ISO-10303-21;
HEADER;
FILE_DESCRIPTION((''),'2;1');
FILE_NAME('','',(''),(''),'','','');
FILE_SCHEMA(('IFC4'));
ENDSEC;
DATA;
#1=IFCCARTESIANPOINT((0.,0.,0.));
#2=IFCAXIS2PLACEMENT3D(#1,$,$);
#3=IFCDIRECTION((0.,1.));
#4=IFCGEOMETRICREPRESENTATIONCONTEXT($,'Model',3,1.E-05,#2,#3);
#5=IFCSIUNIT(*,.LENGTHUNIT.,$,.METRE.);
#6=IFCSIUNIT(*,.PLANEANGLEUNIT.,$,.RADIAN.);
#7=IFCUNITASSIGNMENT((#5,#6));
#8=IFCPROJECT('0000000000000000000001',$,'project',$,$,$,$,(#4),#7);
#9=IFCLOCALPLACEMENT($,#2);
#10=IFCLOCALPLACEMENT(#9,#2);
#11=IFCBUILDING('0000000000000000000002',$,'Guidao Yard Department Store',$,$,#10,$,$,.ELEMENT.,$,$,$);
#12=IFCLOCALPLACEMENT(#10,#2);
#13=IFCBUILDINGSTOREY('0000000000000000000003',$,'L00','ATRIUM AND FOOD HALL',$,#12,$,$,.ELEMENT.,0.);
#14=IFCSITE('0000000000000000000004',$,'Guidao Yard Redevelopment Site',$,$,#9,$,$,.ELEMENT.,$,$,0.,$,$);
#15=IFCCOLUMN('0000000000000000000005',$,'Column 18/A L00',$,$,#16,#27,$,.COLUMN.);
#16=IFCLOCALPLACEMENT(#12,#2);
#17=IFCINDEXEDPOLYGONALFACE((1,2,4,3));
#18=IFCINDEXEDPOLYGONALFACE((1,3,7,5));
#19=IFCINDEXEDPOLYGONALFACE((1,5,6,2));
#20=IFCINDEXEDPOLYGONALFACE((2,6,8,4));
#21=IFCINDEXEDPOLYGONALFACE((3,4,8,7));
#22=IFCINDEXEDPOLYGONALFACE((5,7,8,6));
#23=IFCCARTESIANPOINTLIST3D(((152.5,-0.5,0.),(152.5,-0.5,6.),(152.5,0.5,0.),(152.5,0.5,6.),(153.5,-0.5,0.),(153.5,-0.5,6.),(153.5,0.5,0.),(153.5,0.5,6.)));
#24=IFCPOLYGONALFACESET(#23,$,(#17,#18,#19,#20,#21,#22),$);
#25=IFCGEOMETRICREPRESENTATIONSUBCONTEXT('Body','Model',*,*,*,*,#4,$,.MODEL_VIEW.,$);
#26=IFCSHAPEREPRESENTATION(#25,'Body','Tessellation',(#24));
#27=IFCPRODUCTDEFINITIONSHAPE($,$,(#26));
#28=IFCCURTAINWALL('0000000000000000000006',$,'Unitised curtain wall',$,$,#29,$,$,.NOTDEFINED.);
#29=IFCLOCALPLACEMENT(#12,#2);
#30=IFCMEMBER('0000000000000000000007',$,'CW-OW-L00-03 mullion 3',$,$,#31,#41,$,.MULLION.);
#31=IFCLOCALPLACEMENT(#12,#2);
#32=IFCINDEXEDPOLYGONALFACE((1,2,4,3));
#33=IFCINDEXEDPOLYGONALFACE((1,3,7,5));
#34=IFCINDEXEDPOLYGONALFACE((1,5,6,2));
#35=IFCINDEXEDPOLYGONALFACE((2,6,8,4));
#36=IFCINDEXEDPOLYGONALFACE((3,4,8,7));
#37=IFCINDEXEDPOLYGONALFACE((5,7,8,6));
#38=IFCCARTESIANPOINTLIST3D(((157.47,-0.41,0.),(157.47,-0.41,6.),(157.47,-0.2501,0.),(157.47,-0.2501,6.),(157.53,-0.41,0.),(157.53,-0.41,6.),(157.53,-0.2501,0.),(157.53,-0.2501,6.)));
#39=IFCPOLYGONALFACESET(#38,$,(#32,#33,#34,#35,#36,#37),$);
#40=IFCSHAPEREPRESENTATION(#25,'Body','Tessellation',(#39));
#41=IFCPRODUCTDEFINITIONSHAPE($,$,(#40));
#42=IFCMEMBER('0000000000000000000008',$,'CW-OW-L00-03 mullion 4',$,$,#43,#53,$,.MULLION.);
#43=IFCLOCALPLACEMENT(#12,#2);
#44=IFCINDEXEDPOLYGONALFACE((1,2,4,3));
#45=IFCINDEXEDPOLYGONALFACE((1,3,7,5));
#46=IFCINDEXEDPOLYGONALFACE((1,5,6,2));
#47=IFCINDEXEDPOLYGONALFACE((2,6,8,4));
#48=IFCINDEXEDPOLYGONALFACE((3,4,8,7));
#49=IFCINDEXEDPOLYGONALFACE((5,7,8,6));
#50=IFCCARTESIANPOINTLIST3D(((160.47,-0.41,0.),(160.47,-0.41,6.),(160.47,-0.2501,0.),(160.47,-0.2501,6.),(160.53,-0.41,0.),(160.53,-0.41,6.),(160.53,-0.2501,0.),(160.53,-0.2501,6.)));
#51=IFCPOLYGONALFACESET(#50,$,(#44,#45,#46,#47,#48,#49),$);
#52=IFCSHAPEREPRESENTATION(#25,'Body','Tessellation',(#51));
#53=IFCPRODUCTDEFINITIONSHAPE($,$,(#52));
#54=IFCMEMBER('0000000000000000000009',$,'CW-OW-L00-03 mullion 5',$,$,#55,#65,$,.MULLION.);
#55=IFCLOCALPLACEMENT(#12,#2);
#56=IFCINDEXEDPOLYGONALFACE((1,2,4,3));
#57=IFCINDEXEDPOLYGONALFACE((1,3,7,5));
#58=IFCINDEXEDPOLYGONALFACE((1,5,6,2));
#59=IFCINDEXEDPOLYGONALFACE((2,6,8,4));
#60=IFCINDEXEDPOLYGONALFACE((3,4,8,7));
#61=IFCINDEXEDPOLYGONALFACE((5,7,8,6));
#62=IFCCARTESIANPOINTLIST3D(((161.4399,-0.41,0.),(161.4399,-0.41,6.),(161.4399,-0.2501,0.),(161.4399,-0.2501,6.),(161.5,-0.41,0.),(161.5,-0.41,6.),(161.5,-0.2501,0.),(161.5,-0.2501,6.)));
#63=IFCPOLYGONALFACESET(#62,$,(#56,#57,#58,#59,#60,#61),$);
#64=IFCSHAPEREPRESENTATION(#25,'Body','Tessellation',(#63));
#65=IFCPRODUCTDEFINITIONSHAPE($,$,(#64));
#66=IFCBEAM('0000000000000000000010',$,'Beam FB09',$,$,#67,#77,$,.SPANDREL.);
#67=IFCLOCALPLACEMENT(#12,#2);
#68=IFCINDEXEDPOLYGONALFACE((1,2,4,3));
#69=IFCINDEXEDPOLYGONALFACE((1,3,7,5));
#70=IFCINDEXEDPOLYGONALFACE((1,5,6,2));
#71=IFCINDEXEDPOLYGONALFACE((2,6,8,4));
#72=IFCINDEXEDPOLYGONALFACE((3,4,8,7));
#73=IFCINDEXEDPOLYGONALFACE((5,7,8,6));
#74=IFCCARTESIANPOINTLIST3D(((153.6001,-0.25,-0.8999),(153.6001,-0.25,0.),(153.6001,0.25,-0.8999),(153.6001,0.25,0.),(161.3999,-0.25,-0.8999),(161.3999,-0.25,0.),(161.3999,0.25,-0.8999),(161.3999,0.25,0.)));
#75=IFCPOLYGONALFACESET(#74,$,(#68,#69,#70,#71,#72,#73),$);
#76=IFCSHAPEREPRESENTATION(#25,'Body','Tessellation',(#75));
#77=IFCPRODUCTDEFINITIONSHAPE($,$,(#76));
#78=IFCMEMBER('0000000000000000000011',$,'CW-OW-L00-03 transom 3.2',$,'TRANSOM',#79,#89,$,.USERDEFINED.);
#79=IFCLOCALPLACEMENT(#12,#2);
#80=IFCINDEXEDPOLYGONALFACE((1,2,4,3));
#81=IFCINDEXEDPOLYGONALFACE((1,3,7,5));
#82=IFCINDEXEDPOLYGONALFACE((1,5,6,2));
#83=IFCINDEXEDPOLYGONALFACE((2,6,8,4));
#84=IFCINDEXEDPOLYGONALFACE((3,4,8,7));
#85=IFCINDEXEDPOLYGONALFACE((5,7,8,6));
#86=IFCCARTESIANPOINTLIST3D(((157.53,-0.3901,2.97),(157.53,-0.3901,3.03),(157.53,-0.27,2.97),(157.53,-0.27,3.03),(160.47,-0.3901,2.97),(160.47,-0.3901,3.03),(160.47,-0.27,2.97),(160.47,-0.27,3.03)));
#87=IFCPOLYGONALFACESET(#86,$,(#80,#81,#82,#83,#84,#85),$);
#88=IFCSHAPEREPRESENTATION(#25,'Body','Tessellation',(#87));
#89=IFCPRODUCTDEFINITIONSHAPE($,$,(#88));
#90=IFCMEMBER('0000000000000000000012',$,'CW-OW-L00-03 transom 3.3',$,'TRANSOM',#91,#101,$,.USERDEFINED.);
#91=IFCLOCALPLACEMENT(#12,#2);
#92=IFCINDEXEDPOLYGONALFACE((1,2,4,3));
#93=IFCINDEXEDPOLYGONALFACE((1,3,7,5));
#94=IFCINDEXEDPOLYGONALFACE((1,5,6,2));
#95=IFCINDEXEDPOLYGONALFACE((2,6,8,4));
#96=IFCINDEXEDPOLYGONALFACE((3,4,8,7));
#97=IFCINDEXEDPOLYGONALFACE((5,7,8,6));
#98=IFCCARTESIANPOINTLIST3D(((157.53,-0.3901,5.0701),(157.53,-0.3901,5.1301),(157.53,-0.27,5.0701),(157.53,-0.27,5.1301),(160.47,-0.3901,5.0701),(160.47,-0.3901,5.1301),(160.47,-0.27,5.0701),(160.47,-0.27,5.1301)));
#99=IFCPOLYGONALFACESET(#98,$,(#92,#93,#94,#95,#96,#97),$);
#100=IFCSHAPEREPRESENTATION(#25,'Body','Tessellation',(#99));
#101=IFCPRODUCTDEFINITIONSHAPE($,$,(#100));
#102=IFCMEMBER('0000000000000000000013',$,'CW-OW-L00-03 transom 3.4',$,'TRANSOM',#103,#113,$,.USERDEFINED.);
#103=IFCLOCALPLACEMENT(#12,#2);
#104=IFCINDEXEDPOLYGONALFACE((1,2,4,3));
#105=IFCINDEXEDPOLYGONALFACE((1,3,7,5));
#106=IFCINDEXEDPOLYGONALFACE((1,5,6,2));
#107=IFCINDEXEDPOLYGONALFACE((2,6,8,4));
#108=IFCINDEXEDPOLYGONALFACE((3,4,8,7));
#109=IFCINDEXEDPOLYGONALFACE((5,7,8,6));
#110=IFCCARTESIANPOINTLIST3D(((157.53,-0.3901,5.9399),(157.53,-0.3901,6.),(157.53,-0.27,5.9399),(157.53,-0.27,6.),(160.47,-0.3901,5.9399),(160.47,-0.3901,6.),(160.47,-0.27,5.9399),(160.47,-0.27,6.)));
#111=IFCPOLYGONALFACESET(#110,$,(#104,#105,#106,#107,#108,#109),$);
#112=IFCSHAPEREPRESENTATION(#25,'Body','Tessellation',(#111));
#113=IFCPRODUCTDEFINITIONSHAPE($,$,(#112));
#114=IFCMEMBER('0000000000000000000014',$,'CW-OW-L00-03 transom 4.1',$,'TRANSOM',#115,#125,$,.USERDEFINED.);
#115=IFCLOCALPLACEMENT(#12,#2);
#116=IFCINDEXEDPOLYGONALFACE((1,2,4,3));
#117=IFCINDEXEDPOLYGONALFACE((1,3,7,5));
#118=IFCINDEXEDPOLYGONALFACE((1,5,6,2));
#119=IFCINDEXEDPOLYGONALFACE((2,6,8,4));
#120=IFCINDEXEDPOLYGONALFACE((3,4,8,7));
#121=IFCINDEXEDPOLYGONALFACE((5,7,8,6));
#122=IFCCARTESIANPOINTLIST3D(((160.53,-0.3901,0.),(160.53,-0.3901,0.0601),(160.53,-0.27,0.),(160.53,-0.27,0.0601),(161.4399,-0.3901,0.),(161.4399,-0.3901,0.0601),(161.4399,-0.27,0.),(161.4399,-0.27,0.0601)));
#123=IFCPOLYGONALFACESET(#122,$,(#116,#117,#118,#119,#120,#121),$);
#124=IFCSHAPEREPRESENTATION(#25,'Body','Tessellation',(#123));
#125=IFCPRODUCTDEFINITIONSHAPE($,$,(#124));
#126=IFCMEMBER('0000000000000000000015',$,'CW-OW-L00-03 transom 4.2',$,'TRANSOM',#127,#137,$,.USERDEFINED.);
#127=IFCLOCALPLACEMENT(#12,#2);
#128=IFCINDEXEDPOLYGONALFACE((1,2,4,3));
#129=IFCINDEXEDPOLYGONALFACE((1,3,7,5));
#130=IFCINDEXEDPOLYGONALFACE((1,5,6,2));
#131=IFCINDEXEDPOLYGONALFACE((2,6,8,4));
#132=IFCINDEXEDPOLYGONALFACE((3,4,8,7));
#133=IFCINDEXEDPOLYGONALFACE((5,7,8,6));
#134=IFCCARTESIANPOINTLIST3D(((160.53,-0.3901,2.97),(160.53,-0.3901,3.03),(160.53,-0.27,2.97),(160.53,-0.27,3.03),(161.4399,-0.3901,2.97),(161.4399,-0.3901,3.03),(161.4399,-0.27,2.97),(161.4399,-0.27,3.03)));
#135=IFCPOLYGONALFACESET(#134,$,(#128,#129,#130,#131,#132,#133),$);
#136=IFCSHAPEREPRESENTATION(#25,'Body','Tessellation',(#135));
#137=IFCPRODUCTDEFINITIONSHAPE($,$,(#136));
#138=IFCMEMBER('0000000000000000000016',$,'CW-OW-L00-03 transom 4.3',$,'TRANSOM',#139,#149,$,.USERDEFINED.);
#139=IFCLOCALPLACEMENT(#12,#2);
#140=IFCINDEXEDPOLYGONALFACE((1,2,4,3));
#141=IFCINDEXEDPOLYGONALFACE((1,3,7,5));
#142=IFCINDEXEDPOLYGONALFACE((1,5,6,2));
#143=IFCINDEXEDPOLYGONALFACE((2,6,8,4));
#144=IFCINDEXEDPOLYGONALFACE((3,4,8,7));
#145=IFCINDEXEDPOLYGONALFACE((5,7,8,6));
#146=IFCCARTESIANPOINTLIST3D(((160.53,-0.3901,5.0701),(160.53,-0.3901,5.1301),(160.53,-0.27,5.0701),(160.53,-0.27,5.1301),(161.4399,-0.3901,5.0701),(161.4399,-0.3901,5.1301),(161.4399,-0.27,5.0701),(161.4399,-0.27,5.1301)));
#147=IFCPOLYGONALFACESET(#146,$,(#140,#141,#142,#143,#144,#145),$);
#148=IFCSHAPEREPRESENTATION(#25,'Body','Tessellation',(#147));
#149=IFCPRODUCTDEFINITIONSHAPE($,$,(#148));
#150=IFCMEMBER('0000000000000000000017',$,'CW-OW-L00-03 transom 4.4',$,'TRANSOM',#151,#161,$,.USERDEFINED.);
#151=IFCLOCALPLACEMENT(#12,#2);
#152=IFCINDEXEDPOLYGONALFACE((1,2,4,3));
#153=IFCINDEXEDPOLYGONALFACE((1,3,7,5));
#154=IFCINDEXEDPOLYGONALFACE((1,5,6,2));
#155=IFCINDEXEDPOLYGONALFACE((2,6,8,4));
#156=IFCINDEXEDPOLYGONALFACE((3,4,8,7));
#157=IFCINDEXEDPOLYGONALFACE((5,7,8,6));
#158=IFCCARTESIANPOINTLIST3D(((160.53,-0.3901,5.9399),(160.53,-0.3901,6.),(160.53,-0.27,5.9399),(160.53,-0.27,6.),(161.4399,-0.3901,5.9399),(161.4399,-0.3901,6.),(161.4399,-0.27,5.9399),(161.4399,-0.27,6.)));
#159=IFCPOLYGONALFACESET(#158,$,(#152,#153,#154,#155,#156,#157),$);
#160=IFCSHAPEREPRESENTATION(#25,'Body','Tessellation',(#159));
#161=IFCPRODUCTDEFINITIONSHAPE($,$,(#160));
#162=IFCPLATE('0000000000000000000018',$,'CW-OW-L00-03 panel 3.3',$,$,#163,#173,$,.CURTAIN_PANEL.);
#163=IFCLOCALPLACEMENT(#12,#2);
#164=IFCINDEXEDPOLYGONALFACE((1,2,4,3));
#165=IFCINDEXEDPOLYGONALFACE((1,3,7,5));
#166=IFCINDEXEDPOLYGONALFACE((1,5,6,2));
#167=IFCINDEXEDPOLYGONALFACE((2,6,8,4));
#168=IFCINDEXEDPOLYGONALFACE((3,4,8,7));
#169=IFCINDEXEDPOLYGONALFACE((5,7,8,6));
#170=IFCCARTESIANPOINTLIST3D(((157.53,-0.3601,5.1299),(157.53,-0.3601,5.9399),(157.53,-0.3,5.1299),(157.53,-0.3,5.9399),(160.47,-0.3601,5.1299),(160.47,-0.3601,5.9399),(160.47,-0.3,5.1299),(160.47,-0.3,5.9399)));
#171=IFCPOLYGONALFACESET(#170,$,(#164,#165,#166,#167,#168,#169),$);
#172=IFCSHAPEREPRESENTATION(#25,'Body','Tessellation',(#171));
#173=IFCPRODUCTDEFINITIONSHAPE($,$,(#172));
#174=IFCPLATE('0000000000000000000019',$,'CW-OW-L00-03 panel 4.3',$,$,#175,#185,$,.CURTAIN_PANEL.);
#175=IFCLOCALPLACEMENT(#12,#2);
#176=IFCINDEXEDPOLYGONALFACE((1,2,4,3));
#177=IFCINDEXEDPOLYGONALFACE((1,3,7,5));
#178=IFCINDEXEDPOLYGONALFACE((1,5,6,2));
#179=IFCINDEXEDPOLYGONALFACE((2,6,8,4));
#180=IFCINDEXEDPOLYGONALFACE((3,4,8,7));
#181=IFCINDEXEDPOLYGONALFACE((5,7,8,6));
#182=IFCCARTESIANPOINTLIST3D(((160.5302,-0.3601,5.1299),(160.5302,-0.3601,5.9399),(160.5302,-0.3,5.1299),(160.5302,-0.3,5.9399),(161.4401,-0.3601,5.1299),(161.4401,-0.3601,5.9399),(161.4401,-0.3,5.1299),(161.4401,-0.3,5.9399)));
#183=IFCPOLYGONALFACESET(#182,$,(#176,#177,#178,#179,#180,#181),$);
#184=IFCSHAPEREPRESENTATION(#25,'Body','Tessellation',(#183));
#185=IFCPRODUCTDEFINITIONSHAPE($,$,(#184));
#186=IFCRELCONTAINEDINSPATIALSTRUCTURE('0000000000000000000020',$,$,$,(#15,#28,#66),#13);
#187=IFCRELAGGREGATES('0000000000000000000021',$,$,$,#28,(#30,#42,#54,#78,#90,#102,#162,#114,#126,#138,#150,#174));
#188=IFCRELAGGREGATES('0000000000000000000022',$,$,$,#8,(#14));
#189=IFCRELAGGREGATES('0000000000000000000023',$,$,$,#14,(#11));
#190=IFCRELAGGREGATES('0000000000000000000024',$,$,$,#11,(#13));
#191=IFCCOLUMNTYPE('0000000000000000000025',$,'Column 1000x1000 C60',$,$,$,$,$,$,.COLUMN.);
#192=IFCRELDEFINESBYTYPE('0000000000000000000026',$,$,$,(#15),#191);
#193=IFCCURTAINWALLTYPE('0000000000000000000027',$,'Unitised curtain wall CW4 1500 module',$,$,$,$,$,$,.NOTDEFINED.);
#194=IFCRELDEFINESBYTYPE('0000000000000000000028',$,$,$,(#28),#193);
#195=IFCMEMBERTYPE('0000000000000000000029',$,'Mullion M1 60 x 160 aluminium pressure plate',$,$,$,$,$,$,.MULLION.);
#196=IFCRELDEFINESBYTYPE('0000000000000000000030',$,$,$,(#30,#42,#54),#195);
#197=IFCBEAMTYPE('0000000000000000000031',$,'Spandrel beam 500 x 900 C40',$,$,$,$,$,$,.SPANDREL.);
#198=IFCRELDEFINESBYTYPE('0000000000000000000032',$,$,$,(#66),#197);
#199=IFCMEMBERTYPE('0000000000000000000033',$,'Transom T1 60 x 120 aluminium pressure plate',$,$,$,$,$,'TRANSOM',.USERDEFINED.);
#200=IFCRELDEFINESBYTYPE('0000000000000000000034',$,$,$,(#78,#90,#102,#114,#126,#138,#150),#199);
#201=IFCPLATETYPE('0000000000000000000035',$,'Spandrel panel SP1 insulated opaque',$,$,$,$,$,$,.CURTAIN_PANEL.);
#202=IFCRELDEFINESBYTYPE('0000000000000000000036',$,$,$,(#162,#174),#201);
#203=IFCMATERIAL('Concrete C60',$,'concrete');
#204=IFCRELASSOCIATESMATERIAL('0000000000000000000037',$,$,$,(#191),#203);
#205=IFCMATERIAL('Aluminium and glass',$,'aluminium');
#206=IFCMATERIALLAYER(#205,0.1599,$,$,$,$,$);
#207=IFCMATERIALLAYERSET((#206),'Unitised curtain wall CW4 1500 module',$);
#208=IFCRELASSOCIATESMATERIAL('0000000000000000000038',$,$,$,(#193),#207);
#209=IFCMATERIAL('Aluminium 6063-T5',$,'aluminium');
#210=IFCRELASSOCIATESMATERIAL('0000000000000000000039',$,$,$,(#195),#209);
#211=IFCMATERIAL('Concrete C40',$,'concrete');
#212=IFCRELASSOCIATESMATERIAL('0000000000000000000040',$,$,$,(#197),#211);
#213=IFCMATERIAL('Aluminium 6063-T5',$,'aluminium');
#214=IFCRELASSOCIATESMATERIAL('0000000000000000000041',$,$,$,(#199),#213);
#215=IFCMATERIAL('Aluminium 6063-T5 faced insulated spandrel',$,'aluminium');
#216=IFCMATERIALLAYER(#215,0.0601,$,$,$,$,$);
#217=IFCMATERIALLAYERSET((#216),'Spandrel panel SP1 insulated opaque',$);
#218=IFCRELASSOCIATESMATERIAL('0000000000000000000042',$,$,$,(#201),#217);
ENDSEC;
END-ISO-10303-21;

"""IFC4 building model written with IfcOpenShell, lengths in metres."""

from ifc_helpers import new_model, si_unit, direction, frame, origin, origin_2d, place, context, subcontext, project, spatial, rectangle, extrude, material, layer, layer_set, material_profile, profile_set, type_object, element, aggregate, save


model = new_model("IFC4")

# Units and contexts
model_context = context("Model", 3, precision=1e-05, world=origin(), true_north=direction((0.0, 1.0)))
body_context = subcontext(model_context, "Body", "Model", "MODEL_VIEW")
ifc_project = project(units=[si_unit("LENGTHUNIT", "METRE"), si_unit("PLANEANGLEUNIT", "RADIAN")], contexts=[model_context])

# Site, building, storey
site_placement = place(None, origin())
site = spatial("IfcSite", under=ifc_project, at=site_placement, Name="Guidao Yard Redevelopment Site", CompositionType="ELEMENT", RefElevation=0.0)
building_placement = place(site_placement, origin())
building = spatial("IfcBuilding", under=site, at=building_placement, Name="Guidao Yard Department Store", CompositionType="ELEMENT")
storey_placement = place(building_placement, origin())
storey = spatial("IfcBuildingStorey", under=building, at=storey_placement, Name="L00", Description="ATRIUM AND FOOD HALL", CompositionType="ELEMENT", Elevation=0.0)

# Column
ifc_material_1 = material(Name="Concrete C60", Category="concrete")
ifc_material_profile_1 = material_profile(ifc_material_1, rectangle(XDim=1.0, YDim=1.0, at=origin_2d()), Name="COL 1000x1000")
ifc_profile_set_1 = profile_set([ifc_material_profile_1], Name="Concrete C60")
column_type = type_object("IfcColumnType", Name="Column 1000x1000 C60", PredefinedType="COLUMN", material=ifc_profile_set_1)
column_placement = place(storey_placement, frame((153.0, 0.0, 0.0), z_axis=(0.0, 0.0, 1.0), x_axis=(1.0, 0.0, 0.0)))
element("IfcColumn", 1, at=column_placement, inside=storey, type_object=column_type, Name="Column 18/A L00", PredefinedType="COLUMN", context=body_context, shape_type="SweptSolid", body=[
    extrude(rectangle(XDim=1.0, YDim=1.0, at=origin_2d()), origin(), (0.0, 0.0, 1.0), 6.0),
])

# Curtain wall, members
ifc_material_2 = material(Name="Aluminium and glass", Category="aluminium")
ifc_layer_1 = layer(ifc_material_2, 0.1599)
ifc_layer_set_1 = layer_set([ifc_layer_1], Name="Unitised curtain wall CW4 1500 module")
curtain_wall_type = type_object("IfcCurtainWallType", Name="Unitised curtain wall CW4 1500 module", PredefinedType="NOTDEFINED", material=ifc_layer_set_1)
curtain_wall_placement = place(storey_placement, origin())
curtain_wall = element("IfcCurtainWall", 2, at=curtain_wall_placement, inside=storey, type_object=curtain_wall_type, Name="Unitised curtain wall", PredefinedType="NOTDEFINED")
ifc_material_3 = material(Name="Aluminium 6063-T5", Category="aluminium")
ifc_material_profile_2 = material_profile(ifc_material_3, rectangle(XDim=0.0601, YDim=0.1599, at=origin_2d()), Name="Mullion M1 60 x 160 aluminium pressure plate")
ifc_profile_set_2 = profile_set([ifc_material_profile_2], Name="Aluminium 6063-T5")
member_type_1 = type_object("IfcMemberType", Name="Mullion M1 60 x 160 aluminium pressure plate", PredefinedType="MULLION", material=ifc_profile_set_2)
member_1_placement = place(storey_placement, frame((157.5, -0.3301, 0.0), z_axis=(0.0, 0.0, 1.0), x_axis=(-1.0, 0.0, 0.0)))
member_1 = element("IfcMember", 3, at=member_1_placement, type_object=member_type_1, Name="CW-OW-L00-03 mullion 3", PredefinedType="MULLION", context=body_context, shape_type="SweptSolid", body=[
    extrude(rectangle(XDim=0.0601, YDim=0.1599, at=origin_2d()), origin(), (0.0, 0.0, 1.0), 6.0),
])
member_2_placement = place(storey_placement, frame((160.5, -0.3301, 0.0), z_axis=(0.0, 0.0, 1.0), x_axis=(-1.0, 0.0, 0.0)))
member_2 = element("IfcMember", 4, at=member_2_placement, type_object=member_type_1, Name="CW-OW-L00-03 mullion 4", PredefinedType="MULLION", context=body_context, shape_type="SweptSolid", body=[
    extrude(rectangle(XDim=0.0601, YDim=0.1599, at=origin_2d()), origin(), (0.0, 0.0, 1.0), 6.0),
])
member_3_placement = place(storey_placement, frame((161.47, -0.3301, 0.0), z_axis=(0.0, 0.0, 1.0), x_axis=(-1.0, 0.0, 0.0)))
member_3 = element("IfcMember", 5, at=member_3_placement, type_object=member_type_1, Name="CW-OW-L00-03 mullion 5", PredefinedType="MULLION", context=body_context, shape_type="SweptSolid", body=[
    extrude(rectangle(XDim=0.0601, YDim=0.1599, at=origin_2d()), origin(), (0.0, 0.0, 1.0), 6.0),
])

# Beam
ifc_material_4 = material(Name="Concrete C40", Category="concrete")
ifc_material_profile_3 = material_profile(ifc_material_4, rectangle(XDim=0.5, YDim=0.8999, at=origin_2d()), Name="Spandrel beam 500 x 900 C40")
ifc_profile_set_3 = profile_set([ifc_material_profile_3], Name="Concrete C40")
beam_type = type_object("IfcBeamType", Name="Spandrel beam 500 x 900 C40", PredefinedType="SPANDREL", material=ifc_profile_set_3)
beam_placement = place(storey_placement, frame((153.6001, 0.0, -0.45), z_axis=(1.0, 0.0, 0.0), x_axis=(0.0, 1.0, 0.0)))
element("IfcBeam", 6, at=beam_placement, inside=storey, type_object=beam_type, Name="Beam FB09", PredefinedType="SPANDREL", context=body_context, shape_type="SweptSolid", body=[
    extrude(rectangle(XDim=0.5, YDim=0.8999, at=origin_2d()), origin(), (0.0, 0.0, 1.0), 7.7998),
])

# Members
ifc_material_5 = material(Name="Aluminium 6063-T5", Category="aluminium")
ifc_material_profile_4 = material_profile(ifc_material_5, rectangle(XDim=0.1201, YDim=0.0601, at=origin_2d()), Name="Transom T1 60 x 120 aluminium pressure plate")
ifc_profile_set_4 = profile_set([ifc_material_profile_4], Name="Aluminium 6063-T5")
member_type_2 = type_object("IfcMemberType", Name="Transom T1 60 x 120 aluminium pressure plate", ElementType="TRANSOM", PredefinedType="USERDEFINED", material=ifc_profile_set_4)
member_4_placement = place(storey_placement, frame((160.47, -0.3301, 3.0), z_axis=(-1.0, 0.0, 0.0), x_axis=(0.0, -1.0, 0.0)))
member_4 = element("IfcMember", 7, at=member_4_placement, type_object=member_type_2, Name="CW-OW-L00-03 transom 3.2", ObjectType="TRANSOM", PredefinedType="USERDEFINED", context=body_context, shape_type="SweptSolid", body=[
    extrude(rectangle(XDim=0.1201, YDim=0.0601, at=origin_2d()), origin(), (0.0, 0.0, 1.0), 2.9399),
])
member_5_placement = place(storey_placement, frame((160.47, -0.3301, 5.1001), z_axis=(-1.0, 0.0, 0.0), x_axis=(0.0, -1.0, 0.0)))
member_5 = element("IfcMember", 8, at=member_5_placement, type_object=member_type_2, Name="CW-OW-L00-03 transom 3.3", ObjectType="TRANSOM", PredefinedType="USERDEFINED", context=body_context, shape_type="SweptSolid", body=[
    extrude(rectangle(XDim=0.1201, YDim=0.0601, at=origin_2d()), origin(), (0.0, 0.0, 1.0), 2.9399),
])
member_6_placement = place(storey_placement, frame((160.47, -0.3301, 5.97), z_axis=(-1.0, 0.0, 0.0), x_axis=(0.0, -1.0, 0.0)))
member_6 = element("IfcMember", 9, at=member_6_placement, type_object=member_type_2, Name="CW-OW-L00-03 transom 3.4", ObjectType="TRANSOM", PredefinedType="USERDEFINED", context=body_context, shape_type="SweptSolid", body=[
    extrude(rectangle(XDim=0.1201, YDim=0.0601, at=origin_2d()), origin(), (0.0, 0.0, 1.0), 2.9399),
])
member_7_placement = place(storey_placement, frame((161.4399, -0.3301, 0.03), z_axis=(-1.0, 0.0, 0.0), x_axis=(0.0, -1.0, 0.0)))
member_7 = element("IfcMember", 10, at=member_7_placement, type_object=member_type_2, Name="CW-OW-L00-03 transom 4.1", ObjectType="TRANSOM", PredefinedType="USERDEFINED", context=body_context, shape_type="SweptSolid", body=[
    extrude(rectangle(XDim=0.1201, YDim=0.0601, at=origin_2d()), origin(), (0.0, 0.0, 1.0), 0.9099),
])
member_8_placement = place(storey_placement, frame((161.4399, -0.3301, 3.0), z_axis=(-1.0, 0.0, 0.0), x_axis=(0.0, -1.0, 0.0)))
member_8 = element("IfcMember", 11, at=member_8_placement, type_object=member_type_2, Name="CW-OW-L00-03 transom 4.2", ObjectType="TRANSOM", PredefinedType="USERDEFINED", context=body_context, shape_type="SweptSolid", body=[
    extrude(rectangle(XDim=0.1201, YDim=0.0601, at=origin_2d()), origin(), (0.0, 0.0, 1.0), 0.9099),
])
member_9_placement = place(storey_placement, frame((161.4399, -0.3301, 5.1001), z_axis=(-1.0, 0.0, 0.0), x_axis=(0.0, -1.0, 0.0)))
member_9 = element("IfcMember", 12, at=member_9_placement, type_object=member_type_2, Name="CW-OW-L00-03 transom 4.3", ObjectType="TRANSOM", PredefinedType="USERDEFINED", context=body_context, shape_type="SweptSolid", body=[
    extrude(rectangle(XDim=0.1201, YDim=0.0601, at=origin_2d()), origin(), (0.0, 0.0, 1.0), 0.9099),
])
member_10_placement = place(storey_placement, frame((161.4399, -0.3301, 5.97), z_axis=(-1.0, 0.0, 0.0), x_axis=(0.0, -1.0, 0.0)))
member_10 = element("IfcMember", 13, at=member_10_placement, type_object=member_type_2, Name="CW-OW-L00-03 transom 4.4", ObjectType="TRANSOM", PredefinedType="USERDEFINED", context=body_context, shape_type="SweptSolid", body=[
    extrude(rectangle(XDim=0.1201, YDim=0.0601, at=origin_2d()), origin(), (0.0, 0.0, 1.0), 0.9099),
])

# Plates
ifc_material_6 = material(Name="Aluminium 6063-T5 faced insulated spandrel", Category="aluminium")
ifc_layer_2 = layer(ifc_material_6, 0.0601)
ifc_layer_set_2 = layer_set([ifc_layer_2], Name="Spandrel panel SP1 insulated opaque")
plate_type_1 = type_object("IfcPlateType", Name="Spandrel panel SP1 insulated opaque", PredefinedType="CURTAIN_PANEL", material=ifc_layer_set_2)
plate_1_placement = place(storey_placement, frame((159.0, -0.3301, 5.1299), z_axis=(0.0, 0.0, 1.0), x_axis=(-1.0, 0.0, 0.0)))
plate_1 = element("IfcPlate", 14, at=plate_1_placement, type_object=plate_type_1, Name="CW-OW-L00-03 panel 3.3", PredefinedType="CURTAIN_PANEL", context=body_context, shape_type="SweptSolid", body=[
    extrude(rectangle(XDim=2.9399, YDim=0.0601, at=origin_2d()), origin(), (0.0, 0.0, 1.0), 0.8101),
])
plate_2_placement = place(storey_placement, frame((160.9851, -0.3301, 5.1299), z_axis=(0.0, 0.0, 1.0), x_axis=(-1.0, 0.0, 0.0)))
plate_2 = element("IfcPlate", 15, at=plate_2_placement, type_object=plate_type_1, Name="CW-OW-L00-03 panel 4.3", PredefinedType="CURTAIN_PANEL", context=body_context, shape_type="SweptSolid", body=[
    extrude(rectangle(XDim=0.9099, YDim=0.0601, at=origin_2d()), origin(), (0.0, 0.0, 1.0), 0.8101),
])
aggregate(curtain_wall, [member_1, member_2, member_3, member_4, member_5, member_6, plate_1, member_7, member_8, member_9, member_10, plate_2])

save(model, "model.ifc")
